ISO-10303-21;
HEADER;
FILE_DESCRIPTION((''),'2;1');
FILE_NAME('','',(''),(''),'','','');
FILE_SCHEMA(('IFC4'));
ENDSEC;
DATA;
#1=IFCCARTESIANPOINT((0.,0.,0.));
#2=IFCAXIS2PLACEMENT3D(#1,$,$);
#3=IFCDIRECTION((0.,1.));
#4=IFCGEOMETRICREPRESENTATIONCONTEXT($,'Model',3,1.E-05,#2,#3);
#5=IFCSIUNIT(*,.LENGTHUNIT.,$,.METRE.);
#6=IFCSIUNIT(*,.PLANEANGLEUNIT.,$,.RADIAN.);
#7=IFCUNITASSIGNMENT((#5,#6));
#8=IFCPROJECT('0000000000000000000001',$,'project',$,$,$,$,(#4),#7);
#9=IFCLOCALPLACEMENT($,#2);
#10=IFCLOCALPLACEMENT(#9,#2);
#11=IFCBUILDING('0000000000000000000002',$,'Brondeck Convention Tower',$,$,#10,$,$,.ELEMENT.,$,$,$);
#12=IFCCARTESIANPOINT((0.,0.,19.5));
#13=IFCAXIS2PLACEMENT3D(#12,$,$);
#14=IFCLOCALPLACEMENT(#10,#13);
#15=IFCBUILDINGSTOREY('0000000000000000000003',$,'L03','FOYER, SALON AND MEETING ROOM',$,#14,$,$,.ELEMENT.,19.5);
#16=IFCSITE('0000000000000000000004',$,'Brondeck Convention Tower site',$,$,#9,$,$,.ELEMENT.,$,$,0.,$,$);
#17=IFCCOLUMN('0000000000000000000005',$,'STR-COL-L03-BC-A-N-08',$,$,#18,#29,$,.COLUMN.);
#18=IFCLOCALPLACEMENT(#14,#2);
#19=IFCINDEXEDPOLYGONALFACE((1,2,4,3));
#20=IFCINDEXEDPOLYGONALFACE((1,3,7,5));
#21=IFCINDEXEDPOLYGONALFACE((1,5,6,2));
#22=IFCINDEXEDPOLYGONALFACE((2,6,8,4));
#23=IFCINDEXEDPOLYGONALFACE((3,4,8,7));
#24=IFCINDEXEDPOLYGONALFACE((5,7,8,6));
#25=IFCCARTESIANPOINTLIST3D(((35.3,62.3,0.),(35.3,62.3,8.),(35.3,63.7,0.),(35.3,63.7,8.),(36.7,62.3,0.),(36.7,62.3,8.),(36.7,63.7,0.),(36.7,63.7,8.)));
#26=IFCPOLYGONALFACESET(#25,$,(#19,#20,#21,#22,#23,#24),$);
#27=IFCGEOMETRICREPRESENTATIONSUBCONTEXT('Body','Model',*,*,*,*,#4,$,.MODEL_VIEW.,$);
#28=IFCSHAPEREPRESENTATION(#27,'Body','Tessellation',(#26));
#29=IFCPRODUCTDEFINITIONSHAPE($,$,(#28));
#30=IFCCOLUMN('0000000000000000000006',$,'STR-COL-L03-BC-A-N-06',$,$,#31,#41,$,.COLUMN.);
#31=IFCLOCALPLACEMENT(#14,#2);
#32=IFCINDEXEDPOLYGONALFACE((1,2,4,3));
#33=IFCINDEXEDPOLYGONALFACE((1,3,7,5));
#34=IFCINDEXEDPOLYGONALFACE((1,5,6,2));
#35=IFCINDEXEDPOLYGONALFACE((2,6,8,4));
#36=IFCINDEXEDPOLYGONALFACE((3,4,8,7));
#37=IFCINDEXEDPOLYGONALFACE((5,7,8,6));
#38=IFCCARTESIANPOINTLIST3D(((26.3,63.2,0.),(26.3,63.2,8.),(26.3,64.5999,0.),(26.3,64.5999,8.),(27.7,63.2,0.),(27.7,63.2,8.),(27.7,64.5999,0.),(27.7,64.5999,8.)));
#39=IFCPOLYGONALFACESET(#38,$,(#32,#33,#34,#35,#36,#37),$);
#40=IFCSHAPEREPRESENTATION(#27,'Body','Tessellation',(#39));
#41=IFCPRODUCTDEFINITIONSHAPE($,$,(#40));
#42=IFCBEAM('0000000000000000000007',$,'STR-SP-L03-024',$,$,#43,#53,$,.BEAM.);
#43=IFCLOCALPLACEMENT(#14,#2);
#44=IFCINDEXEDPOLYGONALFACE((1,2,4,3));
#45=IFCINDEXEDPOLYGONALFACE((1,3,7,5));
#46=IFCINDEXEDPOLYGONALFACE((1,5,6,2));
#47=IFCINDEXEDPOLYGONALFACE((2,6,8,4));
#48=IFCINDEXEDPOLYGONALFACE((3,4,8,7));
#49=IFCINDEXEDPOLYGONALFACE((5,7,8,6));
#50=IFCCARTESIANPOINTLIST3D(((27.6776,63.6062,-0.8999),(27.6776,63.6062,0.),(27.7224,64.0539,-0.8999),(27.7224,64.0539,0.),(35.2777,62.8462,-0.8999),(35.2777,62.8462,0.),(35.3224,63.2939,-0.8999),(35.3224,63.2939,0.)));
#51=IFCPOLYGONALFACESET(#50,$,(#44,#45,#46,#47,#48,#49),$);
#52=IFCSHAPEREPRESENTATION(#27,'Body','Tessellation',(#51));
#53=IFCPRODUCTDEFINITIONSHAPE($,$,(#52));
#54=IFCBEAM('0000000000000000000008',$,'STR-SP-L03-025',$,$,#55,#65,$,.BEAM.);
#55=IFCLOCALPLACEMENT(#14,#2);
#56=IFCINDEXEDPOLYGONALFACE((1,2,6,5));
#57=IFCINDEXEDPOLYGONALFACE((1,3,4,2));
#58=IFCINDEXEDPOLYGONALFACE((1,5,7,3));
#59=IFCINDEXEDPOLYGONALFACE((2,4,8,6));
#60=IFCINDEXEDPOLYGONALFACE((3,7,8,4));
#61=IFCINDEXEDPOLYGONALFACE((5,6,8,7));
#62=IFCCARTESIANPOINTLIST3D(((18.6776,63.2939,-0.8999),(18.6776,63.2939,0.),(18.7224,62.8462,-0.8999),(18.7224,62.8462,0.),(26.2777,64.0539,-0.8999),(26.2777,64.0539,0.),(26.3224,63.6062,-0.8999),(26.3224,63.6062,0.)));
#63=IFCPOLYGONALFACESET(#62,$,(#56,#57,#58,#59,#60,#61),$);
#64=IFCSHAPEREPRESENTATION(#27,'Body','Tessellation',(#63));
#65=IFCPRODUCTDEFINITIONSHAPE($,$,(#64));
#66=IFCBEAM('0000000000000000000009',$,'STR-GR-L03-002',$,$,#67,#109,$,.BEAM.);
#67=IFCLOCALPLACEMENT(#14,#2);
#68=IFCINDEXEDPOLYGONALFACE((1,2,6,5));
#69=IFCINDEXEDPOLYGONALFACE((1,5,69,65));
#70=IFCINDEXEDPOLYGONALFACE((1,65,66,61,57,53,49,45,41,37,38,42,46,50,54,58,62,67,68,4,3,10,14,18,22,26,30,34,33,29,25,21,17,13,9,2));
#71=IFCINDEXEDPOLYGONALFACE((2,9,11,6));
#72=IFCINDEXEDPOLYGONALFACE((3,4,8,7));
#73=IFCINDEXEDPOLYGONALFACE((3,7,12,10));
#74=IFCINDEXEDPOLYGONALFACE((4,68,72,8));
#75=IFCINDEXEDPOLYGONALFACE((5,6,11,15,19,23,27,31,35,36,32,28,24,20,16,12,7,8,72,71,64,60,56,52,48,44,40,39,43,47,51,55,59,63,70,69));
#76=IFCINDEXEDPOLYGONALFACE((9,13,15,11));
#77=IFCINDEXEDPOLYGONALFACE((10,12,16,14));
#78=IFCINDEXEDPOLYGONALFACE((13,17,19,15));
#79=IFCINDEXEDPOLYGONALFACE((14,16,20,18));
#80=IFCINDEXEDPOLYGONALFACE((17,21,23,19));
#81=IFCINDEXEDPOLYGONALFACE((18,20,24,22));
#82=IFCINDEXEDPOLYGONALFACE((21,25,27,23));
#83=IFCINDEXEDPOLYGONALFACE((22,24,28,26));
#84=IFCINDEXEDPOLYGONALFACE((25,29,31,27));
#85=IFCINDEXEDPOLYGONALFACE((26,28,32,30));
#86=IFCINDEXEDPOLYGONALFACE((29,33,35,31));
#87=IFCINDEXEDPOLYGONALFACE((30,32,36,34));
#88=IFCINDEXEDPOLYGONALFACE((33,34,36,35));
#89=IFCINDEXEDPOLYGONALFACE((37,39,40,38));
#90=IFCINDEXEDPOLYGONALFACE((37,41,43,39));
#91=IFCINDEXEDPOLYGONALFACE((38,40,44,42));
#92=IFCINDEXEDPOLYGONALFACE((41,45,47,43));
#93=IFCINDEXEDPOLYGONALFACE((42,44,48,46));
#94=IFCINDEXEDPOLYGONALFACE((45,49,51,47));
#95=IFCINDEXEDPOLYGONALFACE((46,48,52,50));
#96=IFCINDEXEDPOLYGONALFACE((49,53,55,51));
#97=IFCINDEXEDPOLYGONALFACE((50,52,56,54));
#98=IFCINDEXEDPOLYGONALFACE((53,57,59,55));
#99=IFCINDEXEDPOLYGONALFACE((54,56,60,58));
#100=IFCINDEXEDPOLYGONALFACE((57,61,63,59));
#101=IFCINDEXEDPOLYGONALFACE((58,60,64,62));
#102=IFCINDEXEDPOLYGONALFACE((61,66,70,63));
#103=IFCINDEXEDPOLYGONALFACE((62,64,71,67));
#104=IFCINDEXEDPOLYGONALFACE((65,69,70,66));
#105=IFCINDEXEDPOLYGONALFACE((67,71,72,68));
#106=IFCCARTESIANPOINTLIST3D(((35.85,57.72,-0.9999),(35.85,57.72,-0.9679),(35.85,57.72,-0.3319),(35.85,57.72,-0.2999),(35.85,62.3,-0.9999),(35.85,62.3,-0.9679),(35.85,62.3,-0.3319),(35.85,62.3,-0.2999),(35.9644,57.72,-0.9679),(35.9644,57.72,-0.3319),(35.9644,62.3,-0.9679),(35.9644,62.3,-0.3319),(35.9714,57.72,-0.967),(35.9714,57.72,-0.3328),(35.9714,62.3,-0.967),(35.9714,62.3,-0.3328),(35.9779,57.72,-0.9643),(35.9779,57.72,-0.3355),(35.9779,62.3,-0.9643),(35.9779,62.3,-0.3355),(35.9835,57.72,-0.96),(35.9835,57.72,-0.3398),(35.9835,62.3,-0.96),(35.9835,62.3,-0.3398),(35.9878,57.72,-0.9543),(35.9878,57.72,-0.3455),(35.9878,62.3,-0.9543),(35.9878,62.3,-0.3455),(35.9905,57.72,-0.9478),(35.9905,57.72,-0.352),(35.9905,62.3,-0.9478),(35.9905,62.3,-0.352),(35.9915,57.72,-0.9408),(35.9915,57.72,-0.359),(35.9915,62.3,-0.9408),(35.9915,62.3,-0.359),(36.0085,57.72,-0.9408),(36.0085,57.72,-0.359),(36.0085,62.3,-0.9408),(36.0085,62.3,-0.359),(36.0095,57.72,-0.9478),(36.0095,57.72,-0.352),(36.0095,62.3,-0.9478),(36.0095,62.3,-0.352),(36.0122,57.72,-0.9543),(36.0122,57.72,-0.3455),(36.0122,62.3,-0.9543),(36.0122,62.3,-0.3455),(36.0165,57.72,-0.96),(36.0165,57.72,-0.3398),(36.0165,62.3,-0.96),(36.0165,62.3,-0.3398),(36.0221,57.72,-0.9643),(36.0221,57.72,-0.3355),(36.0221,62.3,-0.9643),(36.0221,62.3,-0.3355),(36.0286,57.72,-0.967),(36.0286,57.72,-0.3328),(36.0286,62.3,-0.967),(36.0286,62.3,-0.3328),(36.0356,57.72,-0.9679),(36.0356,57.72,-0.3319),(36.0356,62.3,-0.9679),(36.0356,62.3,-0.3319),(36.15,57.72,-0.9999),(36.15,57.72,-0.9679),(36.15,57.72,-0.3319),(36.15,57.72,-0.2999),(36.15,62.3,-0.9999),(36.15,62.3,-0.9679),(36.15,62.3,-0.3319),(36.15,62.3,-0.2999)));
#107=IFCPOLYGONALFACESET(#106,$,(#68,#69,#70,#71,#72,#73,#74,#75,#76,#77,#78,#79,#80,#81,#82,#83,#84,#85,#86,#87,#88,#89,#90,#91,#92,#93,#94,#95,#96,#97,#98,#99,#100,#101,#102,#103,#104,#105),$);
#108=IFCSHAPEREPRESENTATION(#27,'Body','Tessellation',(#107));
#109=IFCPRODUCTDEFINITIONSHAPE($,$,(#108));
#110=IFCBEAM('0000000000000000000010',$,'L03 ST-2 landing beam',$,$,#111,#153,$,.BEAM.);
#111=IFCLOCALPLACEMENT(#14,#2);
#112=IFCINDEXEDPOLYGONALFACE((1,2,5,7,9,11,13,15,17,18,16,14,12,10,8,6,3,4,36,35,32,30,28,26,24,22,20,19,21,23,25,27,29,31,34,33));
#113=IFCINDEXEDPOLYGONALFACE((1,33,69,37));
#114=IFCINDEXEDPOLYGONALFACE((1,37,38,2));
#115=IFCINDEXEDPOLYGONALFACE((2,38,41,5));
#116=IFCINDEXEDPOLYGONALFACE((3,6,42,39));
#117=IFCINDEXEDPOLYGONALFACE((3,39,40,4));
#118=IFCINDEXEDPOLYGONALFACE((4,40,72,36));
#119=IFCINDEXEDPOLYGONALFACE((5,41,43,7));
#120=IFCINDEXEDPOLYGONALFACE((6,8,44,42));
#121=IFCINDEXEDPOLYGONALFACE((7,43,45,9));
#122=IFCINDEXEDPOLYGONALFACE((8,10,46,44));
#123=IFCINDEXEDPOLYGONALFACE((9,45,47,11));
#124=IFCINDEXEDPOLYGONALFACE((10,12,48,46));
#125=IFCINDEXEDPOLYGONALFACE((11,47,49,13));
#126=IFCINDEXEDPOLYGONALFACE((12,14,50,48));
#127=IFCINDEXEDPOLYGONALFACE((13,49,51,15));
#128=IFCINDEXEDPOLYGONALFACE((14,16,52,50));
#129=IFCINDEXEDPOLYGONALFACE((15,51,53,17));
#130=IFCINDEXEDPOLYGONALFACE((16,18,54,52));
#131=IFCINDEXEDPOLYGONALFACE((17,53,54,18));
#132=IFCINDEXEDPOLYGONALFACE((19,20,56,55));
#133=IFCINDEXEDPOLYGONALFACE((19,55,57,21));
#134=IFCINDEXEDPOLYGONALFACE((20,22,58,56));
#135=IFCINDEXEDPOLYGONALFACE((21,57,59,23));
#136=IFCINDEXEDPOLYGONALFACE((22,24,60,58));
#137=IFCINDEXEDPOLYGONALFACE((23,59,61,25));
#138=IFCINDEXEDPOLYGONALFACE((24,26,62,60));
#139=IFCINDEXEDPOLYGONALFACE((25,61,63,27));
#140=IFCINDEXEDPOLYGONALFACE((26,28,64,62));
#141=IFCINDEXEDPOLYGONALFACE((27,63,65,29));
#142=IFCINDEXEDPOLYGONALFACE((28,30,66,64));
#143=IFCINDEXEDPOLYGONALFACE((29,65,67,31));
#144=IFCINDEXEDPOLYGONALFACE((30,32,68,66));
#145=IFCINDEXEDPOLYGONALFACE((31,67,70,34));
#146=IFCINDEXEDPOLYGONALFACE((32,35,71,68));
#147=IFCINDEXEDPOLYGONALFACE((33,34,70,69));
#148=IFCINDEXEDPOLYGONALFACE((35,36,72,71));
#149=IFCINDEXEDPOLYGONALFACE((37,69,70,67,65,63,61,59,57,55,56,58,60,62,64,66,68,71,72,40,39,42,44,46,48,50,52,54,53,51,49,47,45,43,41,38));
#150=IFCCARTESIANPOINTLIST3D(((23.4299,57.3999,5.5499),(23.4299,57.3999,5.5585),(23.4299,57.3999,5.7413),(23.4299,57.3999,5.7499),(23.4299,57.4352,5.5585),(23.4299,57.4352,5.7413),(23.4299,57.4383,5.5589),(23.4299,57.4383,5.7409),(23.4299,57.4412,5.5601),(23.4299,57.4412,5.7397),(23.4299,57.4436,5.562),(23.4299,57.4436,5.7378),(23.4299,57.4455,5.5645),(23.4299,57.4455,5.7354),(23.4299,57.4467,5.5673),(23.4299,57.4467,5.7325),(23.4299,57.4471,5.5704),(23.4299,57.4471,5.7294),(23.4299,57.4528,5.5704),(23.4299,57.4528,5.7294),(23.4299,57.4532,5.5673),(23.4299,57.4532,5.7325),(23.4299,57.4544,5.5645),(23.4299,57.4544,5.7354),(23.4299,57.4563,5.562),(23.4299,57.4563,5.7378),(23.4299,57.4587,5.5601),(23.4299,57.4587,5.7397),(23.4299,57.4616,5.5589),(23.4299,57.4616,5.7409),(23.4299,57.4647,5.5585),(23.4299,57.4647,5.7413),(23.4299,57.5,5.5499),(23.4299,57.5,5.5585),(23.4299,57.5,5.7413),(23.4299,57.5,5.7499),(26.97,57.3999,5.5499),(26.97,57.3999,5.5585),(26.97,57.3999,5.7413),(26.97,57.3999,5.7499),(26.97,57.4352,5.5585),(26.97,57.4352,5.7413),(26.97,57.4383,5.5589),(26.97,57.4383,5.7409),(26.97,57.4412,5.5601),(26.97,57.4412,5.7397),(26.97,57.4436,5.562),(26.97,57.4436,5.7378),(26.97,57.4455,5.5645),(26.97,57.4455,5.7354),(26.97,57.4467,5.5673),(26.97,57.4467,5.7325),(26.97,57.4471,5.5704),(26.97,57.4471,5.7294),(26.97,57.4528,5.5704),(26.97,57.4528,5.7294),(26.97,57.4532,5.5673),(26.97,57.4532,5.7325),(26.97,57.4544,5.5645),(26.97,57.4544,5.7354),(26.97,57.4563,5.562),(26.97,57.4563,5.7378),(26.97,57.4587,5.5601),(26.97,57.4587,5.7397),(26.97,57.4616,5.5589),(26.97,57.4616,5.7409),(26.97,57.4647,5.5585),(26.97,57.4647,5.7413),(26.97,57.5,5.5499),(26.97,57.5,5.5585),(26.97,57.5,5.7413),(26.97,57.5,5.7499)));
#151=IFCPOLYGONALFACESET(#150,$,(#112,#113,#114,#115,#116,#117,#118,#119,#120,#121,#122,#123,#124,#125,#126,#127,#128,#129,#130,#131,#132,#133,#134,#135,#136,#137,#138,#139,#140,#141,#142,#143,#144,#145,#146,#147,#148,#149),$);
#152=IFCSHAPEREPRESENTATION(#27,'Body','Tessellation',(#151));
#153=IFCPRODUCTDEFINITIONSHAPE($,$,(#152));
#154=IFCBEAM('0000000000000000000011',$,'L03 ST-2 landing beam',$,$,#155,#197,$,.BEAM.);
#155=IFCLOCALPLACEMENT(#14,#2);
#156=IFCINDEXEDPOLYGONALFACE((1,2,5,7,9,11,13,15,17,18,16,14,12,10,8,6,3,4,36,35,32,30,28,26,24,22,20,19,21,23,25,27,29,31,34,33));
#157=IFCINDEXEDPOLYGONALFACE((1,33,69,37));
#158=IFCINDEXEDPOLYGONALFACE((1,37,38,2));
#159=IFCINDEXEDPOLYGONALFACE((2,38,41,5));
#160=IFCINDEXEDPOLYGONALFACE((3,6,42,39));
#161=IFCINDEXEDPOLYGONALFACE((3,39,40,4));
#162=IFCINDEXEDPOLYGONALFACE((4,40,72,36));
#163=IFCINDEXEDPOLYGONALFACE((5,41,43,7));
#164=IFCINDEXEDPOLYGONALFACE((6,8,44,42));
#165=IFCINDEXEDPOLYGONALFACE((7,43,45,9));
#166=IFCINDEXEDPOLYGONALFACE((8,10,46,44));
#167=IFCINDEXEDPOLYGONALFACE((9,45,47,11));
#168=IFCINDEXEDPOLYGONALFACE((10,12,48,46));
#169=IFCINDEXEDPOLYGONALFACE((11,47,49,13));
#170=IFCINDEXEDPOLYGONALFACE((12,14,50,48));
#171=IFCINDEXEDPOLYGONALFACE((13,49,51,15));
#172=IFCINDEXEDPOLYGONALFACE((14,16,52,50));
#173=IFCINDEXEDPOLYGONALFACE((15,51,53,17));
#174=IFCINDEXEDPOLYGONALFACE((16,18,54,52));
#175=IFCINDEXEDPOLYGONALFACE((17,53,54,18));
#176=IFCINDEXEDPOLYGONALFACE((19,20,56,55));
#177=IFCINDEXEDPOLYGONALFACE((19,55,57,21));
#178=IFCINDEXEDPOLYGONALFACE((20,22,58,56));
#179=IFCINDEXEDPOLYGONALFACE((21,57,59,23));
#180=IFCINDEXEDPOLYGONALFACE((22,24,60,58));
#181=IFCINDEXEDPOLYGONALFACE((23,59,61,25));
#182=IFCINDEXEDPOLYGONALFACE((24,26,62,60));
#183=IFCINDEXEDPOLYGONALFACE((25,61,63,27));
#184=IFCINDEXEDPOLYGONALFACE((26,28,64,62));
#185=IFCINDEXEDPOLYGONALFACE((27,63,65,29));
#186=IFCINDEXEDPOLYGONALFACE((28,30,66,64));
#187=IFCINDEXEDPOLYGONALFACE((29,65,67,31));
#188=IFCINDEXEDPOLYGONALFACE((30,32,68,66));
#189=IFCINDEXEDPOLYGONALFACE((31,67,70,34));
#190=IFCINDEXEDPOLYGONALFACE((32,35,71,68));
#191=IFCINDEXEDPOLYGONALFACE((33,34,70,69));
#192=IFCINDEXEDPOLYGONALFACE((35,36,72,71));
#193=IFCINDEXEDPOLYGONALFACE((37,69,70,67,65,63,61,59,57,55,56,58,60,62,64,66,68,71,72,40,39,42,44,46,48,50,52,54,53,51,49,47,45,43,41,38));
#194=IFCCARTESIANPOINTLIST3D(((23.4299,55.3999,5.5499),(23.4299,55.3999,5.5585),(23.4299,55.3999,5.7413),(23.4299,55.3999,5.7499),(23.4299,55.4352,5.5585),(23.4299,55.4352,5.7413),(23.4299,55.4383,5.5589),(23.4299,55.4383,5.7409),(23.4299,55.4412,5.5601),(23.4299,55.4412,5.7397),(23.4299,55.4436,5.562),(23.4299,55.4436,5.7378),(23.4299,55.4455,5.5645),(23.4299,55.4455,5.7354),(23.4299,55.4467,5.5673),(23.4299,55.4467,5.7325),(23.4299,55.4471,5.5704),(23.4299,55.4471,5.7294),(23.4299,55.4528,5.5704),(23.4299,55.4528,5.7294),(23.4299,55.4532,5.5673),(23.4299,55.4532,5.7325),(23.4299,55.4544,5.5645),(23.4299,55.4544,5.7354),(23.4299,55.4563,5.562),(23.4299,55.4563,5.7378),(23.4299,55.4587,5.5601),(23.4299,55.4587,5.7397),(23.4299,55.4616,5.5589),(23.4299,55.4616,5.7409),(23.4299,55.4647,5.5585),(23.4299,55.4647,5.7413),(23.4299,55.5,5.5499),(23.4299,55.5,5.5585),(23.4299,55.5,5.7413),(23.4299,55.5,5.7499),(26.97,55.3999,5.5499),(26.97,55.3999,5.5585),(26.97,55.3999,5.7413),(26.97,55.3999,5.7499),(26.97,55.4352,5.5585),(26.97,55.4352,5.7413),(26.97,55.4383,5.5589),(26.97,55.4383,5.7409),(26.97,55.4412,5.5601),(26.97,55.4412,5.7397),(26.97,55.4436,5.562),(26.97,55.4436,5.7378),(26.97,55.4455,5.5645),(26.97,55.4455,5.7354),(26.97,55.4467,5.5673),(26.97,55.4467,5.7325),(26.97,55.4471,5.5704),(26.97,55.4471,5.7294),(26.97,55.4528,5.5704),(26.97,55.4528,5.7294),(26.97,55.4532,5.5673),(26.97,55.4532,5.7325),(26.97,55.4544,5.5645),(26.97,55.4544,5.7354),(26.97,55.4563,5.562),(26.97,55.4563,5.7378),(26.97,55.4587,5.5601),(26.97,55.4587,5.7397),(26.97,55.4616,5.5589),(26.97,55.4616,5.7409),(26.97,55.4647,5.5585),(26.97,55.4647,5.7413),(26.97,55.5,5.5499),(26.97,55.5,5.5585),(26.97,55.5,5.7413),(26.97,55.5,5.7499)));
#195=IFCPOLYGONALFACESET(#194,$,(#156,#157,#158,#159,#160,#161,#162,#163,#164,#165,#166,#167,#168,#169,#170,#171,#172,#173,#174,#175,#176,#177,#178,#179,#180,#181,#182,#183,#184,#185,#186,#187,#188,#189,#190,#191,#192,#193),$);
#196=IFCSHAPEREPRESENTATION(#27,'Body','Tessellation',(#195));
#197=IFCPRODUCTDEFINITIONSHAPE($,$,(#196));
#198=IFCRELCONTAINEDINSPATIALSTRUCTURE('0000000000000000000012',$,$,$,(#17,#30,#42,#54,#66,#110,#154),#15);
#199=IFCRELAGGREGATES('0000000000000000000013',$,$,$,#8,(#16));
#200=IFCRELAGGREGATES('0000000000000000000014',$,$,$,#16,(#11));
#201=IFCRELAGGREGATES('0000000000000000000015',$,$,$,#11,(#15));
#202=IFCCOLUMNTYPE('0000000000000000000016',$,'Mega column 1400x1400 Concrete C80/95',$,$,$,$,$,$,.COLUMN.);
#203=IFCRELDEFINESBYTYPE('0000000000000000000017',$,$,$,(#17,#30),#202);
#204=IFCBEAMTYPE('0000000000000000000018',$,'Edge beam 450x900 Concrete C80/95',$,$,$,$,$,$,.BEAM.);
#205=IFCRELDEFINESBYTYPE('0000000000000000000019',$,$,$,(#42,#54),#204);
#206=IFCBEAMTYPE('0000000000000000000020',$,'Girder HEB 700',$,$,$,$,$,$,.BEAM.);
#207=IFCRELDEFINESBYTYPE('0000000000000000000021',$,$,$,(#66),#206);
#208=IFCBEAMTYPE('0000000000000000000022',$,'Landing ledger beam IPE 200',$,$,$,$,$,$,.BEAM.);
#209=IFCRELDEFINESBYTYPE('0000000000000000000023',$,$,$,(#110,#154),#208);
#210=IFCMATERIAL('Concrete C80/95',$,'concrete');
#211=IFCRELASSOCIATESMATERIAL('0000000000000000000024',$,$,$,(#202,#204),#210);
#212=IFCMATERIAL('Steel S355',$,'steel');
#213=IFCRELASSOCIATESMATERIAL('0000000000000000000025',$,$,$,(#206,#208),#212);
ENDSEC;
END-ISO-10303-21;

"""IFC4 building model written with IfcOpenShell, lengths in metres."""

from ifc_helpers import new_model, si_unit, direction, frame, origin, origin_2d, place, context, subcontext, project, spatial, rectangle, i_section, extrude, material, material_profile, profile_set, type_object, element, save


model = new_model("IFC4")

# Units and contexts
model_context = context("Model", 3, precision=1e-05, world=origin(), true_north=direction((0.0, 1.0)))
body_context = subcontext(model_context, "Body", "Model", "MODEL_VIEW")
ifc_project = project(units=[si_unit("LENGTHUNIT", "METRE"), si_unit("PLANEANGLEUNIT", "RADIAN")], contexts=[model_context])

# Site, building, storey
site_placement = place(None, origin())
site = spatial("IfcSite", under=ifc_project, at=site_placement, Name="Brondeck Convention Tower site", CompositionType="ELEMENT", RefElevation=0.0)
building_placement = place(site_placement, origin())
building = spatial("IfcBuilding", under=site, at=building_placement, Name="Brondeck Convention Tower", CompositionType="ELEMENT")
storey_placement = place(building_placement, frame((0.0, 0.0, 19.5)))
storey = spatial("IfcBuildingStorey", under=building, at=storey_placement, Name="L03", Description="FOYER, SALON AND MEETING ROOM", CompositionType="ELEMENT", Elevation=19.5)

# Columns
ifc_material_1 = material(Name="Concrete C80/95", Category="concrete")
ifc_material_profile_1 = material_profile(ifc_material_1, rectangle(XDim=1.3999, YDim=1.3999, at=origin_2d()), Name="Mega column 1400x1400 Concrete C80/95")
ifc_profile_set_1 = profile_set([ifc_material_profile_1], Name="Concrete C80/95")
column_type = type_object("IfcColumnType", Name="Mega column 1400x1400 Concrete C80/95", PredefinedType="COLUMN", material=ifc_profile_set_1)
for number, where, z_axis, x_axis, name in (
    (1, (36.0, 63.0, 0.0), (0.0, 0.0, 1.0), (1.0, 0.0, 0.0), "STR-COL-L03-BC-A-N-08"),
    (2, (27.0, 63.8999, 0.0), (0.0, 0.0, 1.0), (1.0, 0.0, 0.0), "STR-COL-L03-BC-A-N-06"),
):
    element("IfcColumn", number, at=place(storey_placement, frame(where, z_axis=z_axis, x_axis=x_axis)), inside=storey, type_object=column_type, Name=name, PredefinedType="COLUMN", context=body_context, shape_type="SweptSolid", body=[
        extrude(rectangle(XDim=1.3999, YDim=1.3999, at=origin_2d()), origin(), (0.0, 0.0, 1.0), 8.0),
    ])

# Beams
ifc_material_profile_2 = material_profile(ifc_material_1, rectangle(XDim=0.45, YDim=0.8999, at=origin_2d()), Name="Edge beam 450x900 Concrete C80/95")
ifc_profile_set_2 = profile_set([ifc_material_profile_2], Name="Concrete C80/95")
beam_type_1 = type_object("IfcBeamType", Name="Edge beam 450x900 Concrete C80/95", PredefinedType="BEAM", material=ifc_profile_set_2)
for number, where, z_axis, x_axis, name in (
    (3, (35.3, 63.0701, -0.45), (-0.995037, 0.099504, 0.0), (-0.099504, -0.995037, 0.0), "STR-SP-L03-024"),
    (4, (26.3, 63.8301, -0.45), (-0.995037, -0.099504, 0.0), (0.099504, -0.995037, 0.0), "STR-SP-L03-025"),
):
    element("IfcBeam", number, at=place(storey_placement, frame(where, z_axis=z_axis, x_axis=x_axis)), inside=storey, type_object=beam_type_1, Name=name, PredefinedType="BEAM", context=body_context, shape_type="SweptSolid", body=[
        extrude(rectangle(XDim=0.45, YDim=0.8999, at=origin_2d()), origin(), (0.0, 0.0, 1.0), 7.6379),
    ])
ifc_material_2 = material(Name="Steel S355", Category="steel")
ifc_material_profile_3 = material_profile(ifc_material_2, i_section(OverallWidth=0.3, OverallDepth=0.7, WebThickness=0.0171, FlangeThickness=0.032, FilletRadius=0.0271, at=origin_2d()), Name="HEB 700")
ifc_profile_set_3 = profile_set([ifc_material_profile_3], Name="Steel S355")
beam_type_2 = type_object("IfcBeamType", Name="Girder HEB 700", PredefinedType="BEAM", material=ifc_profile_set_3)
beam_placement = place(storey_placement, frame((36.0, 57.72, -0.6499), z_axis=(0.0, 1.0, 0.0), x_axis=(-1.0, 0.0, 0.0)))
element("IfcBeam", 5, at=beam_placement, inside=storey, type_object=beam_type_2, Name="STR-GR-L03-002", PredefinedType="BEAM", context=body_context, shape_type="SweptSolid", body=[
    extrude(i_section(OverallWidth=0.3, OverallDepth=0.7, WebThickness=0.0171, FlangeThickness=0.032, FilletRadius=0.0271, at=origin_2d()), origin(), (0.0, 0.0, 1.0), 4.5801),
])
ifc_material_profile_4 = material_profile(ifc_material_2, i_section(OverallWidth=0.1001, OverallDepth=0.2, WebThickness=0.0056, FlangeThickness=0.0085, FilletRadius=0.012, at=origin_2d()), Name="IPE200")
ifc_profile_set_4 = profile_set([ifc_material_profile_4], Name="Steel S355")
beam_type_3 = type_object("IfcBeamType", Name="Landing ledger beam IPE 200", PredefinedType="BEAM", material=ifc_profile_set_4)
for number, where, z_axis, x_axis, name in (
    (6, (23.4299, 57.45, 5.6499), (1.0, 0.0, 0.0), (0.0, 1.0, 0.0), "L03 ST-2 landing beam"),
    (7, (23.4299, 55.45, 5.6499), (1.0, 0.0, 0.0), (0.0, 1.0, 0.0), "L03 ST-2 landing beam"),
):
    element("IfcBeam", number, at=place(storey_placement, frame(where, z_axis=z_axis, x_axis=x_axis)), inside=storey, type_object=beam_type_3, Name=name, PredefinedType="BEAM", context=body_context, shape_type="SweptSolid", body=[
        extrude(i_section(OverallWidth=0.1001, OverallDepth=0.2, WebThickness=0.0056, FlangeThickness=0.0085, FilletRadius=0.012, at=origin_2d()), origin(), (0.0, 0.0, 1.0), 3.54),
    ])

save(model, "model.ifc")
